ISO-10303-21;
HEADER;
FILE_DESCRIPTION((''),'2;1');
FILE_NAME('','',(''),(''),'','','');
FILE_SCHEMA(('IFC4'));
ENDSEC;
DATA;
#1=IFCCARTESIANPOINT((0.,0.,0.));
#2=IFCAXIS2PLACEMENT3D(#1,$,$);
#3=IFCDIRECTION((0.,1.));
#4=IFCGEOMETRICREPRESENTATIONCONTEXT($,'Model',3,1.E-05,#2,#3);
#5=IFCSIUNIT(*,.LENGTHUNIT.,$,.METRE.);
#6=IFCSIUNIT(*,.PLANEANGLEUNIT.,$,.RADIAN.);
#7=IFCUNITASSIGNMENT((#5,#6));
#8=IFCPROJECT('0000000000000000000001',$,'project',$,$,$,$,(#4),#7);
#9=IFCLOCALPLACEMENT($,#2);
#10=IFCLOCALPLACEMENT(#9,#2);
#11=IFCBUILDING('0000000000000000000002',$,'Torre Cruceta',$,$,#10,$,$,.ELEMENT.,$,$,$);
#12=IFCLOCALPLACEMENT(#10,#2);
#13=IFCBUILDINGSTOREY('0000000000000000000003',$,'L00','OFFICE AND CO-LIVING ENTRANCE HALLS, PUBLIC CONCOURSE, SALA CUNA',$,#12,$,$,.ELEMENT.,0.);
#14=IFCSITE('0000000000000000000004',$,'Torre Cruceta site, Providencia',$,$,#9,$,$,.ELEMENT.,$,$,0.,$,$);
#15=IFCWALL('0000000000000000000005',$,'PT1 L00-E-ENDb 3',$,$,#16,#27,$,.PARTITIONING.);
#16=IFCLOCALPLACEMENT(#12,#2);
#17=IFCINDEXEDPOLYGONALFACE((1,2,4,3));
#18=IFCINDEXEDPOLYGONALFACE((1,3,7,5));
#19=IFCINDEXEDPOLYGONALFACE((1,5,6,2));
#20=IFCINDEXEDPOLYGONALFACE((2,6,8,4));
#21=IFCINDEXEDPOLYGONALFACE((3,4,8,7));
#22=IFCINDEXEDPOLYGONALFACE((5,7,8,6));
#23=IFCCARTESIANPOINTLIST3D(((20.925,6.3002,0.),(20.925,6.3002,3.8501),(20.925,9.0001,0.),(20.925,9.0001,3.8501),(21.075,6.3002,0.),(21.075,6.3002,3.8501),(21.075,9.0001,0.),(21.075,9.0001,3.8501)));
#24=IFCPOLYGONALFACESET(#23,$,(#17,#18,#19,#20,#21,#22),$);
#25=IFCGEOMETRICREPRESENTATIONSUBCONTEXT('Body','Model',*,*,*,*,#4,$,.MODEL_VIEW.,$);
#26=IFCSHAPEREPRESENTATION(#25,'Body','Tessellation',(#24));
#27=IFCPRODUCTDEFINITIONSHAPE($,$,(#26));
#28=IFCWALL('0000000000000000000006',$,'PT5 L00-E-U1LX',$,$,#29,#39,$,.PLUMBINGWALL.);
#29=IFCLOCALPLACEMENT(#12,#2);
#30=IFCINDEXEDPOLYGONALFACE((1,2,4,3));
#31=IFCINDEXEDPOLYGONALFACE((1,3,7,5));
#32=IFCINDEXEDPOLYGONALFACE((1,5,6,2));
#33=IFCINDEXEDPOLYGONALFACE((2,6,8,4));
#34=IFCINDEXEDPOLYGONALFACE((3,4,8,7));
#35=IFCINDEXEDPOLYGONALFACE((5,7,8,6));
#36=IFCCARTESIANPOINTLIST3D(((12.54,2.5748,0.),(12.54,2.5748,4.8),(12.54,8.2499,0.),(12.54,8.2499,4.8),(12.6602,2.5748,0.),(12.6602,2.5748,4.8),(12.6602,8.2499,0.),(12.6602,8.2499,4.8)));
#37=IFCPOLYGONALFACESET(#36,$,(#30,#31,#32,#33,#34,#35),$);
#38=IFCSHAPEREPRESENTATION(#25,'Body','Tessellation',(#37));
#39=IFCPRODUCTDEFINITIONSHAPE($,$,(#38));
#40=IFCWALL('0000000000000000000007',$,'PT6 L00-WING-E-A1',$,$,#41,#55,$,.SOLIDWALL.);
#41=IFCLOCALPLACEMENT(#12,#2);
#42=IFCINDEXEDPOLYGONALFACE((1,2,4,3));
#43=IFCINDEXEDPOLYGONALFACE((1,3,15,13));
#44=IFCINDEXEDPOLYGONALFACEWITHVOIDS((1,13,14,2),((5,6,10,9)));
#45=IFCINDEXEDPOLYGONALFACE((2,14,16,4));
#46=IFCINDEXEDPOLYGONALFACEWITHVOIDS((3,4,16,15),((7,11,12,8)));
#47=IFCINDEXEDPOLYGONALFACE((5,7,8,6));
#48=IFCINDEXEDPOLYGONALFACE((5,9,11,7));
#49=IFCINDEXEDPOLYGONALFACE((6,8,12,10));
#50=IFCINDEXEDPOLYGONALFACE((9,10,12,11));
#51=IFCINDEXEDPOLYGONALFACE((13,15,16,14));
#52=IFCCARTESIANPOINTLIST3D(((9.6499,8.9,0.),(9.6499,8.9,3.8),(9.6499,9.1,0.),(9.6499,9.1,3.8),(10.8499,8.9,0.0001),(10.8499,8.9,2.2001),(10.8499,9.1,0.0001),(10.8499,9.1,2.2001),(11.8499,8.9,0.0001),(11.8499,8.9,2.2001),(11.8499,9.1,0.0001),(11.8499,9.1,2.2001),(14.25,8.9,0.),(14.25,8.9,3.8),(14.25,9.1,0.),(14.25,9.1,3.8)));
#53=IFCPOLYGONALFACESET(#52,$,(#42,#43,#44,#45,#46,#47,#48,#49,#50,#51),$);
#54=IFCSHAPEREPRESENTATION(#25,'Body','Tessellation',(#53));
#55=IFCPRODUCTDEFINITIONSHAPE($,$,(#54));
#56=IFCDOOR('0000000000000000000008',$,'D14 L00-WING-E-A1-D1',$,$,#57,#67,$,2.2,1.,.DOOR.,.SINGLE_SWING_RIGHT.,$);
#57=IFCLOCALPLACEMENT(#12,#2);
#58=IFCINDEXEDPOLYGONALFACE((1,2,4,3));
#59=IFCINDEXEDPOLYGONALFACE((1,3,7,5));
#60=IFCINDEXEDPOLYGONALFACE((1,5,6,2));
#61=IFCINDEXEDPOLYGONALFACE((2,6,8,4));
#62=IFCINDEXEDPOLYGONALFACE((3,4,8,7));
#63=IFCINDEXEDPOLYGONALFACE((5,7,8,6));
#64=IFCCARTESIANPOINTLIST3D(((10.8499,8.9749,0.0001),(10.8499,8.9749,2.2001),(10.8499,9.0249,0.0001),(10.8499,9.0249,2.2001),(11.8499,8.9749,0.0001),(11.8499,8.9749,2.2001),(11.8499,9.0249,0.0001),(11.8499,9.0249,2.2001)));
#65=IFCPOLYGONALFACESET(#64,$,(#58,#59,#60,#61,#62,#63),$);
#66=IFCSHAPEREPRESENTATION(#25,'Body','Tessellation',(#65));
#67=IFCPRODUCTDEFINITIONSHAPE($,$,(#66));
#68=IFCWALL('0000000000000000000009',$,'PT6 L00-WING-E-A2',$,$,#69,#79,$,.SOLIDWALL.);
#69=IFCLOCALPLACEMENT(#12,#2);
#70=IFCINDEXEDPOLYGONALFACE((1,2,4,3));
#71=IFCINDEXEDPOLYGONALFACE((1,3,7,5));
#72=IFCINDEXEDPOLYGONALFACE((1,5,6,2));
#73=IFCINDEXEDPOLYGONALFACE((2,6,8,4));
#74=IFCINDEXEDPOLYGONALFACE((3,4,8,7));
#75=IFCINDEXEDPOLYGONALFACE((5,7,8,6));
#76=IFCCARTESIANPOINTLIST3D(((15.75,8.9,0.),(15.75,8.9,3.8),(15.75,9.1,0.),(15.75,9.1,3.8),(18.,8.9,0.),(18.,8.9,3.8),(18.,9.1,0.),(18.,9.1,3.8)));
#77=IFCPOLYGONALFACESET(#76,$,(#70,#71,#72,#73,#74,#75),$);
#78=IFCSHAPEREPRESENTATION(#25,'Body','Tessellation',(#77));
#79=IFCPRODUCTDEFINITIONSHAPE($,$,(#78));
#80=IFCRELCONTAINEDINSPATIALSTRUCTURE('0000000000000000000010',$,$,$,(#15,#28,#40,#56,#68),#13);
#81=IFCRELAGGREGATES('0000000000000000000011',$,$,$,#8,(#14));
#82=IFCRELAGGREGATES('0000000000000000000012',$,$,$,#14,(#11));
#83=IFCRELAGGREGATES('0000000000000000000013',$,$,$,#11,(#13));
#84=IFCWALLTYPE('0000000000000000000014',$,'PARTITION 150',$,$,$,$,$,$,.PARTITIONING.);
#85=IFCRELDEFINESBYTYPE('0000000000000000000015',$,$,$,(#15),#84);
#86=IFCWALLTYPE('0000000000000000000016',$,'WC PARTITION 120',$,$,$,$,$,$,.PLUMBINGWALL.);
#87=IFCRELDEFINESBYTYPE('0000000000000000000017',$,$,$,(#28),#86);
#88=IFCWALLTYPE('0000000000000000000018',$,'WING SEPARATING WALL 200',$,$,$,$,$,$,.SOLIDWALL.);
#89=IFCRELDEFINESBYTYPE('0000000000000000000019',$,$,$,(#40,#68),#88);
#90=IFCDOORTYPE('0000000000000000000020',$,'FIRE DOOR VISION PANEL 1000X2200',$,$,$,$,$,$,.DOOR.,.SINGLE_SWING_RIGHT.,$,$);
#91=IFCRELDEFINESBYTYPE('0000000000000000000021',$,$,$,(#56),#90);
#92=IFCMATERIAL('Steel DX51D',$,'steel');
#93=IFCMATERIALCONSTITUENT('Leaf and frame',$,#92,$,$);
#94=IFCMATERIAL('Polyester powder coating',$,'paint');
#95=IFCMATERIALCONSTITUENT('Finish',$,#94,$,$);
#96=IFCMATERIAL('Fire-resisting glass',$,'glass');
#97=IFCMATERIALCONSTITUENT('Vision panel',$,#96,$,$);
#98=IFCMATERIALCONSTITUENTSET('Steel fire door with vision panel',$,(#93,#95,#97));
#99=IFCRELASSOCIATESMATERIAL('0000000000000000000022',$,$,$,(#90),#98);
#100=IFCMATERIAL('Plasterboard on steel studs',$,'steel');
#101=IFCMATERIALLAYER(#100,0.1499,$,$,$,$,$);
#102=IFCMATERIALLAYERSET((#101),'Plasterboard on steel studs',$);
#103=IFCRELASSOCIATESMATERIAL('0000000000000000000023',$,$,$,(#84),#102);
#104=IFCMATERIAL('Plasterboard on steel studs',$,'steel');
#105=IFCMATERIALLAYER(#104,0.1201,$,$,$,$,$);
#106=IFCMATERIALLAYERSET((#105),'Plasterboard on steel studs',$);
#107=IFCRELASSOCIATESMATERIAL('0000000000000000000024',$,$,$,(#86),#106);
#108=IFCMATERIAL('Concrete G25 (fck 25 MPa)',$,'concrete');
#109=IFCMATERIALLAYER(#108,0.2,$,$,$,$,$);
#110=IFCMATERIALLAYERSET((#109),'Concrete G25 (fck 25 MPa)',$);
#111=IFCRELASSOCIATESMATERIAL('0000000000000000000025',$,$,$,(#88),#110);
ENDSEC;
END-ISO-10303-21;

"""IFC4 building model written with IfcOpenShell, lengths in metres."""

from ifc_helpers import new_model, si_unit, direction, frame, frame_2d, origin, place, context, subcontext, project, spatial, rectangle, extrude, material, layer, layer_set, constituent, constituent_set, type_object, element, fill, save


model = new_model("IFC4")

# Units and contexts
model_context = context("Model", 3, precision=1e-05, world=origin(), true_north=direction((0.0, 1.0)))
body_context = subcontext(model_context, "Body", "Model", "MODEL_VIEW")
ifc_project = project(units=[si_unit("LENGTHUNIT", "METRE"), si_unit("PLANEANGLEUNIT", "RADIAN")], contexts=[model_context])

# Site, building, storey
site_placement = place(None, origin())
site = spatial("IfcSite", under=ifc_project, at=site_placement, Name="Torre Cruceta site, Providencia", CompositionType="ELEMENT", RefElevation=0.0)
building_placement = place(site_placement, origin())
building = spatial("IfcBuilding", under=site, at=building_placement, Name="Torre Cruceta", CompositionType="ELEMENT")
storey_placement = place(building_placement, origin())
storey = spatial("IfcBuildingStorey", under=building, at=storey_placement, Name="L00", Description="OFFICE AND CO-LIVING ENTRANCE HALLS, PUBLIC CONCOURSE, SALA CUNA", CompositionType="ELEMENT", Elevation=0.0)

# Shared definitions
ifc_material_1 = material(Name="Steel DX51D", Category="steel")
ifc_constituent_1 = constituent(ifc_material_1, Name="Leaf and frame")
ifc_material_2 = material(Name="Polyester powder coating", Category="paint")
ifc_constituent_2 = constituent(ifc_material_2, Name="Finish")
ifc_material_3 = material(Name="Fire-resisting glass", Category="glass")
ifc_constituent_3 = constituent(ifc_material_3, Name="Vision panel")
ifc_constituent_set_1 = constituent_set(constituents=[ifc_constituent_1, ifc_constituent_2, ifc_constituent_3], Name="Steel fire door with vision panel")
door_type_1 = type_object("IfcDoorType", Name="FIRE DOOR VISION PANEL 1000X2200", OperationType="SINGLE_SWING_RIGHT", PredefinedType="DOOR", material=ifc_constituent_set_1)

# Shared definitions
ifc_material_4 = material(Name="Plasterboard on steel studs", Category="steel")
ifc_layer_1 = layer(ifc_material_4, 0.1499)
ifc_layer_set_1 = layer_set([ifc_layer_1], Name="Plasterboard on steel studs")
wall_type_1 = type_object("IfcWallType", Name="PARTITION 150", PredefinedType="PARTITIONING", material=ifc_layer_set_1)

# Walls
wall_1_placement = place(storey_placement, frame((21.0, 6.3, 0.0), z_axis=(0.0, 0.0, 1.0), x_axis=(0.0, 1.0, 0.0)))
element("IfcWall", 1, at=wall_1_placement, inside=storey, type_object=wall_type_1, Name="PT1 L00-E-ENDb 3", PredefinedType="PARTITIONING", context=body_context, shape_type="SweptSolid", body=[
    extrude(rectangle(XDim=2.7, YDim=0.1499, at=frame_2d((1.3501, 0.0))), origin(), (0.0, 0.0, 1.0), 3.8501),
])
ifc_material_5 = material(Name="Plasterboard on steel studs", Category="steel")
ifc_layer_2 = layer(ifc_material_5, 0.1201)
ifc_layer_set_2 = layer_set([ifc_layer_2], Name="Plasterboard on steel studs")
wall_type_2 = type_object("IfcWallType", Name="WC PARTITION 120", PredefinedType="PLUMBINGWALL", material=ifc_layer_set_2)
wall_2_placement = place(storey_placement, frame((12.6001, 2.575, 0.0), z_axis=(0.0, 0.0, 1.0), x_axis=(0.0, 1.0, 0.0)))
element("IfcWall", 2, at=wall_2_placement, inside=storey, type_object=wall_type_2, Name="PT5 L00-E-U1LX", PredefinedType="PLUMBINGWALL", context=body_context, shape_type="SweptSolid", body=[
    extrude(rectangle(XDim=5.675, YDim=0.1201, at=frame_2d((2.8374, 0.0))), origin(), (0.0, 0.0, 1.0), 4.8),
])

# Wall, opening, door
ifc_material_6 = material(Name="Concrete G25 (fck 25 MPa)", Category="concrete")
ifc_layer_3 = layer(ifc_material_6, 0.2)
ifc_layer_set_3 = layer_set([ifc_layer_3], Name="Concrete G25 (fck 25 MPa)")
wall_type_3 = type_object("IfcWallType", Name="WING SEPARATING WALL 200", PredefinedType="SOLIDWALL", material=ifc_layer_set_3)
wall_3_placement = place(storey_placement, frame((9.6499, 9.0, 0.0), z_axis=(0.0, 0.0, 1.0), x_axis=(1.0, 0.0, 0.0)))
wall_3 = element("IfcWall", 3, at=wall_3_placement, inside=storey, type_object=wall_type_3, Name="PT6 L00-WING-E-A1", PredefinedType="SOLIDWALL", context=body_context, shape_type="SweptSolid", body=[
    extrude(rectangle(XDim=4.6001, YDim=0.2, at=frame_2d((2.3, 0.0))), origin(), (0.0, 0.0, 1.0), 3.8),
])
opening_1_placement = place(wall_3_placement, frame((1.2, 0.0, 0.0)))
opening_1 = element("IfcOpeningElement", 4, at=opening_1_placement, cuts=wall_3, PredefinedType="OPENING", context=body_context, shape_type="SweptSolid", body=[
    extrude(rectangle(XDim=1.0, YDim=2.2, at=frame_2d((0.5, 1.1001))), frame((0.0, 0.1099, 0.0), z_axis=(0.0, -1.0, 0.0), x_axis=(1.0, 0.0, 0.0)), (0.0, 0.0, 1.0), 0.22),
])
door_1_placement = place(opening_1_placement, frame((1.0, 0.0, 0.0), z_axis=(0.0, 0.0, 1.0), x_axis=(-1.0, 0.0, 0.0)))
door_1 = element("IfcDoor", 5, at=door_1_placement, inside=storey, type_object=door_type_1, Name="D14 L00-WING-E-A1-D1", OperationType="SINGLE_SWING_RIGHT", OverallHeight=2.2, OverallWidth=1.0, PredefinedType="DOOR", context=body_context, shape_type="SweptSolid", body=[
    extrude(rectangle(XDim=1.0, YDim=2.2, at=frame_2d((0.5, 1.1001))), frame((0.0, 0.0251, 0.0), z_axis=(0.0, -1.0, 0.0), x_axis=(1.0, 0.0, 0.0)), (0.0, 0.0, 1.0), 0.05),
])
fill(opening_1, door_1)

# Wall
wall_4_placement = place(storey_placement, frame((15.75, 9.0, 0.0), z_axis=(0.0, 0.0, 1.0), x_axis=(1.0, 0.0, 0.0)))
element("IfcWall", 6, at=wall_4_placement, inside=storey, type_object=wall_type_3, Name="PT6 L00-WING-E-A2", PredefinedType="SOLIDWALL", context=body_context, shape_type="SweptSolid", body=[
    extrude(rectangle(XDim=2.25, YDim=0.2, at=frame_2d((1.125, 0.0))), origin(), (0.0, 0.0, 1.0), 3.8),
])

save(model, "model.ifc")
